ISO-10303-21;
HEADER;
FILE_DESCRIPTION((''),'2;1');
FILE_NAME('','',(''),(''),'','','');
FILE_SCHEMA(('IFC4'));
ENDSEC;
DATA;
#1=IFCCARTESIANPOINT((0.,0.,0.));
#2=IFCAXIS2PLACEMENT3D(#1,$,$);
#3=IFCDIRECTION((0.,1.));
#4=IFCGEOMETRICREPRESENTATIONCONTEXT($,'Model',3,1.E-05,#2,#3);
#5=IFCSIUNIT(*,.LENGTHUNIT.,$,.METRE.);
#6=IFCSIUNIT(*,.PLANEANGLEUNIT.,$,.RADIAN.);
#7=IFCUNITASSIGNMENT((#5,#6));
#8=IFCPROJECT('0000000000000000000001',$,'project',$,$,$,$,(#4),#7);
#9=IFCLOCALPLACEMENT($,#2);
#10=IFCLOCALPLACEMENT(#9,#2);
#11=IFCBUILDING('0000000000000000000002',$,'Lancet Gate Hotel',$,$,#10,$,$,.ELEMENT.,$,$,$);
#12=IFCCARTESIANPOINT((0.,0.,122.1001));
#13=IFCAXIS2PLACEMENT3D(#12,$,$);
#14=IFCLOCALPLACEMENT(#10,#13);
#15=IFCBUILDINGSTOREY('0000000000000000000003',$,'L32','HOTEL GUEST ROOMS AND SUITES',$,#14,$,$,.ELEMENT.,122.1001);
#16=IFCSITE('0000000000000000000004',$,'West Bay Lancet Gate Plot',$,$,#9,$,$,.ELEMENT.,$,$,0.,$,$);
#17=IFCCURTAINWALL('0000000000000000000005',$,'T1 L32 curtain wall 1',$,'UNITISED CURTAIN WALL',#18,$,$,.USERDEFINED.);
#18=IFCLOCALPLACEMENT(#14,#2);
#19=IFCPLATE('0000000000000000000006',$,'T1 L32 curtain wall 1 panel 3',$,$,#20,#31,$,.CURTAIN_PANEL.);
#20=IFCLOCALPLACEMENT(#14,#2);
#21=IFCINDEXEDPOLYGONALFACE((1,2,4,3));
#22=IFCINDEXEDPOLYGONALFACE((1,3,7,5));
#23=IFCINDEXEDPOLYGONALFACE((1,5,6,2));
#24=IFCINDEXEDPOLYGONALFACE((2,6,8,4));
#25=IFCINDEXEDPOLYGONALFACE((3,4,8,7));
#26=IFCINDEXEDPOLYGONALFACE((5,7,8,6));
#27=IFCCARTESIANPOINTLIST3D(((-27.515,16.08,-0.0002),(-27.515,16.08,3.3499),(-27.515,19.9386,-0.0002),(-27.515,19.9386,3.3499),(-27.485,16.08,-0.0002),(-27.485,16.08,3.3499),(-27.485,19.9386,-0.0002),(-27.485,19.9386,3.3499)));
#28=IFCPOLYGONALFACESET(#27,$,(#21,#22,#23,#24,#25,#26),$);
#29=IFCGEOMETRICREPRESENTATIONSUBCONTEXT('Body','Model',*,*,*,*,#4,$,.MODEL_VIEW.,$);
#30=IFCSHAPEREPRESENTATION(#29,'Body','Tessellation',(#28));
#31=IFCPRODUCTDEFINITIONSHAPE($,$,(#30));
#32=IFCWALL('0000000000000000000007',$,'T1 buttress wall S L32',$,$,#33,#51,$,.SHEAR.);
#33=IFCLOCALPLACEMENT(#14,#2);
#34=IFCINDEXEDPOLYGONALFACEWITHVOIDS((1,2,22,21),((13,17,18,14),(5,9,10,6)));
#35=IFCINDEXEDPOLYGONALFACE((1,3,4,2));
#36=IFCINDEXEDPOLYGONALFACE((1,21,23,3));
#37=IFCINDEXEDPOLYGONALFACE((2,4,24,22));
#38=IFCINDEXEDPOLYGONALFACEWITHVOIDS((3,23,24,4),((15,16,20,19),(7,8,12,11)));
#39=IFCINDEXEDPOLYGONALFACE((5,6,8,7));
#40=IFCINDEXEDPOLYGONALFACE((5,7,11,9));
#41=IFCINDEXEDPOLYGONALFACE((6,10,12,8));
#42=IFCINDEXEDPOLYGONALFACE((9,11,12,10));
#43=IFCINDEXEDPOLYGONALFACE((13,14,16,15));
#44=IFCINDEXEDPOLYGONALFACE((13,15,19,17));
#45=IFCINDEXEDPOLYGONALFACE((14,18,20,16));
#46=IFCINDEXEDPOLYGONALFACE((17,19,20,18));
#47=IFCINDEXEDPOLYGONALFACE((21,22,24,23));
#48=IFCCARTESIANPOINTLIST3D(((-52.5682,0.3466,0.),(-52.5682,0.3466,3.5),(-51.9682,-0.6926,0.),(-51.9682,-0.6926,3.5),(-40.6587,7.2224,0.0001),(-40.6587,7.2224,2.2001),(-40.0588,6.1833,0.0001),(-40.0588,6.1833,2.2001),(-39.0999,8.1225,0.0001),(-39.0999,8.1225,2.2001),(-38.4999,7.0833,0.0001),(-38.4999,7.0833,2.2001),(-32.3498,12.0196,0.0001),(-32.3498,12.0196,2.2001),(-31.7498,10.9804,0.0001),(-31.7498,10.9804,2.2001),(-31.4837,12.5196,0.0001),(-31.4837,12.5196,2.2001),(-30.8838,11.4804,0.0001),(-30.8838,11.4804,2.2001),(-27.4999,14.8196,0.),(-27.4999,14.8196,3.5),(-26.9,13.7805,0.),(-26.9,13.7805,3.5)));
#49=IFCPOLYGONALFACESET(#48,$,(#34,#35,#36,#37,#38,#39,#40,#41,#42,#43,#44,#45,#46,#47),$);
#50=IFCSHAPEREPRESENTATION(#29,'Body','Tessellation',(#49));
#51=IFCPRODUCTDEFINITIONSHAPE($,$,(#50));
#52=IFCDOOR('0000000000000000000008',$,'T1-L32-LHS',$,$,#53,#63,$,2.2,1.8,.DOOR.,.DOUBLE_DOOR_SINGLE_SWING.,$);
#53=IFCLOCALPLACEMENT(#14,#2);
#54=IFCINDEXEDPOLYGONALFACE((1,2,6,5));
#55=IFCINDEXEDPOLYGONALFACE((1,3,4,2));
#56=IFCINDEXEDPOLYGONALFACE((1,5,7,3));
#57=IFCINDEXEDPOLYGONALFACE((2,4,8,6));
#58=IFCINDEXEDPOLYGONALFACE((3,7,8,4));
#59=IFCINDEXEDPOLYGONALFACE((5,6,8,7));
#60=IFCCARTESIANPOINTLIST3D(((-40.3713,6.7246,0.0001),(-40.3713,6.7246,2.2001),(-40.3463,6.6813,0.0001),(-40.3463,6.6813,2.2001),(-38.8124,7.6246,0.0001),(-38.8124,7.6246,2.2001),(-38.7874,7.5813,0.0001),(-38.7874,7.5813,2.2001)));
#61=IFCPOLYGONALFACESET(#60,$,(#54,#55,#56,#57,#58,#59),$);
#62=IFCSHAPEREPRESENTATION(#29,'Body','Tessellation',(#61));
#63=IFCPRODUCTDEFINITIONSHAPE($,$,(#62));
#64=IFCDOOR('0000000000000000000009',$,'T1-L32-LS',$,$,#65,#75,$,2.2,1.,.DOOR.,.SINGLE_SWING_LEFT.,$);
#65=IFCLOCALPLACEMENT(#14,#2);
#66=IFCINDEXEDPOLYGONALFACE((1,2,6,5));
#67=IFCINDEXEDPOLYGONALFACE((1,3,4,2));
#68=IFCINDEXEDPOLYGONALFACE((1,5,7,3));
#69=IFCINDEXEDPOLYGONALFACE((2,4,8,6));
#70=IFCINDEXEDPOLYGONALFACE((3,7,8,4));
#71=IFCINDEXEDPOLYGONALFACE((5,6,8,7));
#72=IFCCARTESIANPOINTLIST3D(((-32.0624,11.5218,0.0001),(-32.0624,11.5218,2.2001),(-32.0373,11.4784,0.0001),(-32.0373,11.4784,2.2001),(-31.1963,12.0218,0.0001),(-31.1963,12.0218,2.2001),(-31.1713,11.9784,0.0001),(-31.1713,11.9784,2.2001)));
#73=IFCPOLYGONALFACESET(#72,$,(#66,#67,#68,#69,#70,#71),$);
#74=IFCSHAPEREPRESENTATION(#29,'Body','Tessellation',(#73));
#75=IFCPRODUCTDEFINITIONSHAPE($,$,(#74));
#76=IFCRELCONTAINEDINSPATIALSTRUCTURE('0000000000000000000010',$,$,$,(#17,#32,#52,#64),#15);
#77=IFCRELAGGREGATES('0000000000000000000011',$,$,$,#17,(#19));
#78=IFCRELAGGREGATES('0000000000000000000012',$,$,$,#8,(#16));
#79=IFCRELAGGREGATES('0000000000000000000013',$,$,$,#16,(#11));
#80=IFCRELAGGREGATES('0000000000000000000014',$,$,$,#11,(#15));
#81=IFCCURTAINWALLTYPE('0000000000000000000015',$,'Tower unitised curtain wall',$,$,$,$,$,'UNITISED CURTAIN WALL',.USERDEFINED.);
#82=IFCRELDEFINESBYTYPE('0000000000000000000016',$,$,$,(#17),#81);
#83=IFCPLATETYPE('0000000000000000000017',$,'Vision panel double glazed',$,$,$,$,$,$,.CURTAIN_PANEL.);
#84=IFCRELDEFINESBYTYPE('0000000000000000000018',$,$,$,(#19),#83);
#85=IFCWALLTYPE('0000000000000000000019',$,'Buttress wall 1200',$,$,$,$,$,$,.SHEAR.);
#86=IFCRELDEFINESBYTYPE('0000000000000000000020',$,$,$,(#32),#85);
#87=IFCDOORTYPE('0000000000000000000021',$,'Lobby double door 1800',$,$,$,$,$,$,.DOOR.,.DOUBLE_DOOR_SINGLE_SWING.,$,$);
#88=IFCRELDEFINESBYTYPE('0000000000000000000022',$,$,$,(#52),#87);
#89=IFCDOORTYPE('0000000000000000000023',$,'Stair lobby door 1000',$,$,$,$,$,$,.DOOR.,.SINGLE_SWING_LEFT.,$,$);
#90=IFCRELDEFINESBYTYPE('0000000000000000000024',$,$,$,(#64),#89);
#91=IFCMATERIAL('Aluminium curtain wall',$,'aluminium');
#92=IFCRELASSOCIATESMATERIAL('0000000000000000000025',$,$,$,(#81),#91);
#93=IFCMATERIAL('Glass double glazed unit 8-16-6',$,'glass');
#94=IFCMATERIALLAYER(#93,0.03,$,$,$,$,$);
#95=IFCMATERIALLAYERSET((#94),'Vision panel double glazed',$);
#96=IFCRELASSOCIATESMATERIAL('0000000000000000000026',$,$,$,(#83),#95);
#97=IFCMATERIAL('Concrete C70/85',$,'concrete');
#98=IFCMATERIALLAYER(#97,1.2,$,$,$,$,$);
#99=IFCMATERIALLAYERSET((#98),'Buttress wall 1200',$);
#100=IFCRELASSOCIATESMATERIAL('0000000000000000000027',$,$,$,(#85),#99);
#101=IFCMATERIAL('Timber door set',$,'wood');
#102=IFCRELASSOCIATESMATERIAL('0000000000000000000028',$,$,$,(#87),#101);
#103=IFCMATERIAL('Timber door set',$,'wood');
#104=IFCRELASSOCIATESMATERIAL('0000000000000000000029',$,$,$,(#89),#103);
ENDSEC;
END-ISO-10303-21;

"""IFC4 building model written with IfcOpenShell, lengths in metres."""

from ifc_helpers import new_model, si_unit, direction, frame, frame_2d, origin, origin_2d, place, context, subcontext, project, spatial, rectangle, extrude, material, layer, layer_set, type_object, element, fill, aggregate, save


model = new_model("IFC4")

# Units and contexts
model_context = context("Model", 3, precision=1e-05, world=origin(), true_north=direction((0.0, 1.0)))
body_context = subcontext(model_context, "Body", "Model", "MODEL_VIEW")
ifc_project = project(units=[si_unit("LENGTHUNIT", "METRE"), si_unit("PLANEANGLEUNIT", "RADIAN")], contexts=[model_context])

# Site, building, storey
site_placement = place(None, origin())
site = spatial("IfcSite", under=ifc_project, at=site_placement, Name="West Bay Lancet Gate Plot", CompositionType="ELEMENT", RefElevation=0.0)
building_placement = place(site_placement, origin())
building = spatial("IfcBuilding", under=site, at=building_placement, Name="Lancet Gate Hotel", CompositionType="ELEMENT")
storey_placement = place(building_placement, frame((0.0, 0.0, 122.1001)))
storey = spatial("IfcBuildingStorey", under=building, at=storey_placement, Name="L32", Description="HOTEL GUEST ROOMS AND SUITES", CompositionType="ELEMENT", Elevation=122.1001)

# Curtain wall
ifc_material_1 = material(Name="Aluminium curtain wall", Category="aluminium")
curtain_wall_type = type_object("IfcCurtainWallType", Name="Tower unitised curtain wall", ElementType="UNITISED CURTAIN WALL", PredefinedType="USERDEFINED", material=ifc_material_1)
curtain_wall_placement = place(storey_placement, origin())
curtain_wall = element("IfcCurtainWall", 1, at=curtain_wall_placement, inside=storey, type_object=curtain_wall_type, Name="T1 L32 curtain wall 1", ObjectType="UNITISED CURTAIN WALL", PredefinedType="USERDEFINED")

# Plate
ifc_material_2 = material(Name="Glass double glazed unit 8-16-6", Category="glass")
ifc_layer_1 = layer(ifc_material_2, 0.03)
ifc_layer_set_1 = layer_set([ifc_layer_1], Name="Vision panel double glazed")
plate_type = type_object("IfcPlateType", Name="Vision panel double glazed", PredefinedType="CURTAIN_PANEL", material=ifc_layer_set_1)
plate_1_placement = place(storey_placement, frame((-27.5, 18.0093, -0.0002), z_axis=(0.0, 0.0, 1.0), x_axis=(0.0, 1.0, 0.0)))
plate_1 = element("IfcPlate", 2, at=plate_1_placement, type_object=plate_type, Name="T1 L32 curtain wall 1 panel 3", PredefinedType="CURTAIN_PANEL", context=body_context, shape_type="SweptSolid", body=[
    extrude(rectangle(XDim=3.8586, YDim=0.03, at=origin_2d()), origin(), (0.0, 0.0, 1.0), 3.3501),
])
aggregate(curtain_wall, [plate_1])

# Wall, openings, doors
ifc_material_3 = material(Name="Concrete C70/85", Category="concrete")
ifc_layer_2 = layer(ifc_material_3, 1.2)
ifc_layer_set_2 = layer_set([ifc_layer_2], Name="Buttress wall 1200")
wall_type = type_object("IfcWallType", Name="Buttress wall 1200", PredefinedType="SHEAR", material=ifc_layer_set_2)
wall_placement = place(storey_placement, frame((-27.2, 14.3, 0.0), z_axis=(0.0, 0.0, 1.0), x_axis=(-0.866027, -0.499998, 0.0)))
wall = element("IfcWall", 3, at=wall_placement, inside=storey, type_object=wall_type, Name="T1 buttress wall S L32", PredefinedType="SHEAR", context=body_context, shape_type="SweptSolid", body=[
    extrude(rectangle(XDim=28.9463, YDim=1.2, at=frame_2d((14.4731, 0.0))), origin(), (0.0, 0.0, 1.0), 3.5),
])
opening_1_placement = place(wall_placement, frame((4.6001, 0.0, 0.0)))
opening_1 = element("IfcOpeningElement", 4, at=opening_1_placement, cuts=wall, PredefinedType="OPENING", context=body_context, shape_type="SweptSolid", body=[
    extrude(rectangle(XDim=1.0, YDim=2.2, at=frame_2d((0.5, 1.1001))), frame((0.0, 0.6099, 0.0), z_axis=(0.0, -1.0, 0.0), x_axis=(1.0, 0.0, 0.0)), (0.0, 0.0, 1.0), 1.22),
])
opening_2_placement = place(wall_placement, frame((13.3945, 0.0, 0.0)))
opening_2 = element("IfcOpeningElement", 5, at=opening_2_placement, cuts=wall, PredefinedType="OPENING", context=body_context, shape_type="SweptSolid", body=[
    extrude(rectangle(XDim=1.8, YDim=2.2, at=frame_2d((0.8999, 1.1001))), frame((0.0, 0.6099, 0.0), z_axis=(0.0, -1.0, 0.0), x_axis=(1.0, 0.0, 0.0)), (0.0, 0.0, 1.0), 1.22),
])
ifc_material_4 = material(Name="Timber door set", Category="wood")
door_type_1 = type_object("IfcDoorType", Name="Lobby double door 1800", OperationType="DOUBLE_DOOR_SINGLE_SWING", PredefinedType="DOOR", material=ifc_material_4)
door_1_placement = place(opening_2_placement, origin())
door_1 = element("IfcDoor", 6, at=door_1_placement, inside=storey, type_object=door_type_1, Name="T1-L32-LHS", OperationType="DOUBLE_DOOR_SINGLE_SWING", OverallHeight=2.2, OverallWidth=1.8, PredefinedType="DOOR", context=body_context, shape_type="SweptSolid", body=[
    extrude(rectangle(XDim=1.8, YDim=2.2, at=frame_2d((0.8999, 1.1001))), frame((0.0, 0.0249, 0.0), z_axis=(0.0, -1.0, 0.0), x_axis=(1.0, 0.0, 0.0)), (0.0, 0.0, 1.0), 0.05),
])
fill(opening_2, door_1)
ifc_material_5 = material(Name="Timber door set", Category="wood")
door_type_2 = type_object("IfcDoorType", Name="Stair lobby door 1000", OperationType="SINGLE_SWING_LEFT", PredefinedType="DOOR", material=ifc_material_5)
door_2_placement = place(opening_1_placement, origin())
door_2 = element("IfcDoor", 7, at=door_2_placement, inside=storey, type_object=door_type_2, Name="T1-L32-LS", OperationType="SINGLE_SWING_LEFT", OverallHeight=2.2, OverallWidth=1.0, PredefinedType="DOOR", context=body_context, shape_type="SweptSolid", body=[
    extrude(rectangle(XDim=1.0, YDim=2.2, at=frame_2d((0.5, 1.1001))), frame((0.0, 0.0249, 0.0), z_axis=(0.0, -1.0, 0.0), x_axis=(1.0, 0.0, 0.0)), (0.0, 0.0, 1.0), 0.05),
])
fill(opening_1, door_2)

save(model, "model.ifc")
